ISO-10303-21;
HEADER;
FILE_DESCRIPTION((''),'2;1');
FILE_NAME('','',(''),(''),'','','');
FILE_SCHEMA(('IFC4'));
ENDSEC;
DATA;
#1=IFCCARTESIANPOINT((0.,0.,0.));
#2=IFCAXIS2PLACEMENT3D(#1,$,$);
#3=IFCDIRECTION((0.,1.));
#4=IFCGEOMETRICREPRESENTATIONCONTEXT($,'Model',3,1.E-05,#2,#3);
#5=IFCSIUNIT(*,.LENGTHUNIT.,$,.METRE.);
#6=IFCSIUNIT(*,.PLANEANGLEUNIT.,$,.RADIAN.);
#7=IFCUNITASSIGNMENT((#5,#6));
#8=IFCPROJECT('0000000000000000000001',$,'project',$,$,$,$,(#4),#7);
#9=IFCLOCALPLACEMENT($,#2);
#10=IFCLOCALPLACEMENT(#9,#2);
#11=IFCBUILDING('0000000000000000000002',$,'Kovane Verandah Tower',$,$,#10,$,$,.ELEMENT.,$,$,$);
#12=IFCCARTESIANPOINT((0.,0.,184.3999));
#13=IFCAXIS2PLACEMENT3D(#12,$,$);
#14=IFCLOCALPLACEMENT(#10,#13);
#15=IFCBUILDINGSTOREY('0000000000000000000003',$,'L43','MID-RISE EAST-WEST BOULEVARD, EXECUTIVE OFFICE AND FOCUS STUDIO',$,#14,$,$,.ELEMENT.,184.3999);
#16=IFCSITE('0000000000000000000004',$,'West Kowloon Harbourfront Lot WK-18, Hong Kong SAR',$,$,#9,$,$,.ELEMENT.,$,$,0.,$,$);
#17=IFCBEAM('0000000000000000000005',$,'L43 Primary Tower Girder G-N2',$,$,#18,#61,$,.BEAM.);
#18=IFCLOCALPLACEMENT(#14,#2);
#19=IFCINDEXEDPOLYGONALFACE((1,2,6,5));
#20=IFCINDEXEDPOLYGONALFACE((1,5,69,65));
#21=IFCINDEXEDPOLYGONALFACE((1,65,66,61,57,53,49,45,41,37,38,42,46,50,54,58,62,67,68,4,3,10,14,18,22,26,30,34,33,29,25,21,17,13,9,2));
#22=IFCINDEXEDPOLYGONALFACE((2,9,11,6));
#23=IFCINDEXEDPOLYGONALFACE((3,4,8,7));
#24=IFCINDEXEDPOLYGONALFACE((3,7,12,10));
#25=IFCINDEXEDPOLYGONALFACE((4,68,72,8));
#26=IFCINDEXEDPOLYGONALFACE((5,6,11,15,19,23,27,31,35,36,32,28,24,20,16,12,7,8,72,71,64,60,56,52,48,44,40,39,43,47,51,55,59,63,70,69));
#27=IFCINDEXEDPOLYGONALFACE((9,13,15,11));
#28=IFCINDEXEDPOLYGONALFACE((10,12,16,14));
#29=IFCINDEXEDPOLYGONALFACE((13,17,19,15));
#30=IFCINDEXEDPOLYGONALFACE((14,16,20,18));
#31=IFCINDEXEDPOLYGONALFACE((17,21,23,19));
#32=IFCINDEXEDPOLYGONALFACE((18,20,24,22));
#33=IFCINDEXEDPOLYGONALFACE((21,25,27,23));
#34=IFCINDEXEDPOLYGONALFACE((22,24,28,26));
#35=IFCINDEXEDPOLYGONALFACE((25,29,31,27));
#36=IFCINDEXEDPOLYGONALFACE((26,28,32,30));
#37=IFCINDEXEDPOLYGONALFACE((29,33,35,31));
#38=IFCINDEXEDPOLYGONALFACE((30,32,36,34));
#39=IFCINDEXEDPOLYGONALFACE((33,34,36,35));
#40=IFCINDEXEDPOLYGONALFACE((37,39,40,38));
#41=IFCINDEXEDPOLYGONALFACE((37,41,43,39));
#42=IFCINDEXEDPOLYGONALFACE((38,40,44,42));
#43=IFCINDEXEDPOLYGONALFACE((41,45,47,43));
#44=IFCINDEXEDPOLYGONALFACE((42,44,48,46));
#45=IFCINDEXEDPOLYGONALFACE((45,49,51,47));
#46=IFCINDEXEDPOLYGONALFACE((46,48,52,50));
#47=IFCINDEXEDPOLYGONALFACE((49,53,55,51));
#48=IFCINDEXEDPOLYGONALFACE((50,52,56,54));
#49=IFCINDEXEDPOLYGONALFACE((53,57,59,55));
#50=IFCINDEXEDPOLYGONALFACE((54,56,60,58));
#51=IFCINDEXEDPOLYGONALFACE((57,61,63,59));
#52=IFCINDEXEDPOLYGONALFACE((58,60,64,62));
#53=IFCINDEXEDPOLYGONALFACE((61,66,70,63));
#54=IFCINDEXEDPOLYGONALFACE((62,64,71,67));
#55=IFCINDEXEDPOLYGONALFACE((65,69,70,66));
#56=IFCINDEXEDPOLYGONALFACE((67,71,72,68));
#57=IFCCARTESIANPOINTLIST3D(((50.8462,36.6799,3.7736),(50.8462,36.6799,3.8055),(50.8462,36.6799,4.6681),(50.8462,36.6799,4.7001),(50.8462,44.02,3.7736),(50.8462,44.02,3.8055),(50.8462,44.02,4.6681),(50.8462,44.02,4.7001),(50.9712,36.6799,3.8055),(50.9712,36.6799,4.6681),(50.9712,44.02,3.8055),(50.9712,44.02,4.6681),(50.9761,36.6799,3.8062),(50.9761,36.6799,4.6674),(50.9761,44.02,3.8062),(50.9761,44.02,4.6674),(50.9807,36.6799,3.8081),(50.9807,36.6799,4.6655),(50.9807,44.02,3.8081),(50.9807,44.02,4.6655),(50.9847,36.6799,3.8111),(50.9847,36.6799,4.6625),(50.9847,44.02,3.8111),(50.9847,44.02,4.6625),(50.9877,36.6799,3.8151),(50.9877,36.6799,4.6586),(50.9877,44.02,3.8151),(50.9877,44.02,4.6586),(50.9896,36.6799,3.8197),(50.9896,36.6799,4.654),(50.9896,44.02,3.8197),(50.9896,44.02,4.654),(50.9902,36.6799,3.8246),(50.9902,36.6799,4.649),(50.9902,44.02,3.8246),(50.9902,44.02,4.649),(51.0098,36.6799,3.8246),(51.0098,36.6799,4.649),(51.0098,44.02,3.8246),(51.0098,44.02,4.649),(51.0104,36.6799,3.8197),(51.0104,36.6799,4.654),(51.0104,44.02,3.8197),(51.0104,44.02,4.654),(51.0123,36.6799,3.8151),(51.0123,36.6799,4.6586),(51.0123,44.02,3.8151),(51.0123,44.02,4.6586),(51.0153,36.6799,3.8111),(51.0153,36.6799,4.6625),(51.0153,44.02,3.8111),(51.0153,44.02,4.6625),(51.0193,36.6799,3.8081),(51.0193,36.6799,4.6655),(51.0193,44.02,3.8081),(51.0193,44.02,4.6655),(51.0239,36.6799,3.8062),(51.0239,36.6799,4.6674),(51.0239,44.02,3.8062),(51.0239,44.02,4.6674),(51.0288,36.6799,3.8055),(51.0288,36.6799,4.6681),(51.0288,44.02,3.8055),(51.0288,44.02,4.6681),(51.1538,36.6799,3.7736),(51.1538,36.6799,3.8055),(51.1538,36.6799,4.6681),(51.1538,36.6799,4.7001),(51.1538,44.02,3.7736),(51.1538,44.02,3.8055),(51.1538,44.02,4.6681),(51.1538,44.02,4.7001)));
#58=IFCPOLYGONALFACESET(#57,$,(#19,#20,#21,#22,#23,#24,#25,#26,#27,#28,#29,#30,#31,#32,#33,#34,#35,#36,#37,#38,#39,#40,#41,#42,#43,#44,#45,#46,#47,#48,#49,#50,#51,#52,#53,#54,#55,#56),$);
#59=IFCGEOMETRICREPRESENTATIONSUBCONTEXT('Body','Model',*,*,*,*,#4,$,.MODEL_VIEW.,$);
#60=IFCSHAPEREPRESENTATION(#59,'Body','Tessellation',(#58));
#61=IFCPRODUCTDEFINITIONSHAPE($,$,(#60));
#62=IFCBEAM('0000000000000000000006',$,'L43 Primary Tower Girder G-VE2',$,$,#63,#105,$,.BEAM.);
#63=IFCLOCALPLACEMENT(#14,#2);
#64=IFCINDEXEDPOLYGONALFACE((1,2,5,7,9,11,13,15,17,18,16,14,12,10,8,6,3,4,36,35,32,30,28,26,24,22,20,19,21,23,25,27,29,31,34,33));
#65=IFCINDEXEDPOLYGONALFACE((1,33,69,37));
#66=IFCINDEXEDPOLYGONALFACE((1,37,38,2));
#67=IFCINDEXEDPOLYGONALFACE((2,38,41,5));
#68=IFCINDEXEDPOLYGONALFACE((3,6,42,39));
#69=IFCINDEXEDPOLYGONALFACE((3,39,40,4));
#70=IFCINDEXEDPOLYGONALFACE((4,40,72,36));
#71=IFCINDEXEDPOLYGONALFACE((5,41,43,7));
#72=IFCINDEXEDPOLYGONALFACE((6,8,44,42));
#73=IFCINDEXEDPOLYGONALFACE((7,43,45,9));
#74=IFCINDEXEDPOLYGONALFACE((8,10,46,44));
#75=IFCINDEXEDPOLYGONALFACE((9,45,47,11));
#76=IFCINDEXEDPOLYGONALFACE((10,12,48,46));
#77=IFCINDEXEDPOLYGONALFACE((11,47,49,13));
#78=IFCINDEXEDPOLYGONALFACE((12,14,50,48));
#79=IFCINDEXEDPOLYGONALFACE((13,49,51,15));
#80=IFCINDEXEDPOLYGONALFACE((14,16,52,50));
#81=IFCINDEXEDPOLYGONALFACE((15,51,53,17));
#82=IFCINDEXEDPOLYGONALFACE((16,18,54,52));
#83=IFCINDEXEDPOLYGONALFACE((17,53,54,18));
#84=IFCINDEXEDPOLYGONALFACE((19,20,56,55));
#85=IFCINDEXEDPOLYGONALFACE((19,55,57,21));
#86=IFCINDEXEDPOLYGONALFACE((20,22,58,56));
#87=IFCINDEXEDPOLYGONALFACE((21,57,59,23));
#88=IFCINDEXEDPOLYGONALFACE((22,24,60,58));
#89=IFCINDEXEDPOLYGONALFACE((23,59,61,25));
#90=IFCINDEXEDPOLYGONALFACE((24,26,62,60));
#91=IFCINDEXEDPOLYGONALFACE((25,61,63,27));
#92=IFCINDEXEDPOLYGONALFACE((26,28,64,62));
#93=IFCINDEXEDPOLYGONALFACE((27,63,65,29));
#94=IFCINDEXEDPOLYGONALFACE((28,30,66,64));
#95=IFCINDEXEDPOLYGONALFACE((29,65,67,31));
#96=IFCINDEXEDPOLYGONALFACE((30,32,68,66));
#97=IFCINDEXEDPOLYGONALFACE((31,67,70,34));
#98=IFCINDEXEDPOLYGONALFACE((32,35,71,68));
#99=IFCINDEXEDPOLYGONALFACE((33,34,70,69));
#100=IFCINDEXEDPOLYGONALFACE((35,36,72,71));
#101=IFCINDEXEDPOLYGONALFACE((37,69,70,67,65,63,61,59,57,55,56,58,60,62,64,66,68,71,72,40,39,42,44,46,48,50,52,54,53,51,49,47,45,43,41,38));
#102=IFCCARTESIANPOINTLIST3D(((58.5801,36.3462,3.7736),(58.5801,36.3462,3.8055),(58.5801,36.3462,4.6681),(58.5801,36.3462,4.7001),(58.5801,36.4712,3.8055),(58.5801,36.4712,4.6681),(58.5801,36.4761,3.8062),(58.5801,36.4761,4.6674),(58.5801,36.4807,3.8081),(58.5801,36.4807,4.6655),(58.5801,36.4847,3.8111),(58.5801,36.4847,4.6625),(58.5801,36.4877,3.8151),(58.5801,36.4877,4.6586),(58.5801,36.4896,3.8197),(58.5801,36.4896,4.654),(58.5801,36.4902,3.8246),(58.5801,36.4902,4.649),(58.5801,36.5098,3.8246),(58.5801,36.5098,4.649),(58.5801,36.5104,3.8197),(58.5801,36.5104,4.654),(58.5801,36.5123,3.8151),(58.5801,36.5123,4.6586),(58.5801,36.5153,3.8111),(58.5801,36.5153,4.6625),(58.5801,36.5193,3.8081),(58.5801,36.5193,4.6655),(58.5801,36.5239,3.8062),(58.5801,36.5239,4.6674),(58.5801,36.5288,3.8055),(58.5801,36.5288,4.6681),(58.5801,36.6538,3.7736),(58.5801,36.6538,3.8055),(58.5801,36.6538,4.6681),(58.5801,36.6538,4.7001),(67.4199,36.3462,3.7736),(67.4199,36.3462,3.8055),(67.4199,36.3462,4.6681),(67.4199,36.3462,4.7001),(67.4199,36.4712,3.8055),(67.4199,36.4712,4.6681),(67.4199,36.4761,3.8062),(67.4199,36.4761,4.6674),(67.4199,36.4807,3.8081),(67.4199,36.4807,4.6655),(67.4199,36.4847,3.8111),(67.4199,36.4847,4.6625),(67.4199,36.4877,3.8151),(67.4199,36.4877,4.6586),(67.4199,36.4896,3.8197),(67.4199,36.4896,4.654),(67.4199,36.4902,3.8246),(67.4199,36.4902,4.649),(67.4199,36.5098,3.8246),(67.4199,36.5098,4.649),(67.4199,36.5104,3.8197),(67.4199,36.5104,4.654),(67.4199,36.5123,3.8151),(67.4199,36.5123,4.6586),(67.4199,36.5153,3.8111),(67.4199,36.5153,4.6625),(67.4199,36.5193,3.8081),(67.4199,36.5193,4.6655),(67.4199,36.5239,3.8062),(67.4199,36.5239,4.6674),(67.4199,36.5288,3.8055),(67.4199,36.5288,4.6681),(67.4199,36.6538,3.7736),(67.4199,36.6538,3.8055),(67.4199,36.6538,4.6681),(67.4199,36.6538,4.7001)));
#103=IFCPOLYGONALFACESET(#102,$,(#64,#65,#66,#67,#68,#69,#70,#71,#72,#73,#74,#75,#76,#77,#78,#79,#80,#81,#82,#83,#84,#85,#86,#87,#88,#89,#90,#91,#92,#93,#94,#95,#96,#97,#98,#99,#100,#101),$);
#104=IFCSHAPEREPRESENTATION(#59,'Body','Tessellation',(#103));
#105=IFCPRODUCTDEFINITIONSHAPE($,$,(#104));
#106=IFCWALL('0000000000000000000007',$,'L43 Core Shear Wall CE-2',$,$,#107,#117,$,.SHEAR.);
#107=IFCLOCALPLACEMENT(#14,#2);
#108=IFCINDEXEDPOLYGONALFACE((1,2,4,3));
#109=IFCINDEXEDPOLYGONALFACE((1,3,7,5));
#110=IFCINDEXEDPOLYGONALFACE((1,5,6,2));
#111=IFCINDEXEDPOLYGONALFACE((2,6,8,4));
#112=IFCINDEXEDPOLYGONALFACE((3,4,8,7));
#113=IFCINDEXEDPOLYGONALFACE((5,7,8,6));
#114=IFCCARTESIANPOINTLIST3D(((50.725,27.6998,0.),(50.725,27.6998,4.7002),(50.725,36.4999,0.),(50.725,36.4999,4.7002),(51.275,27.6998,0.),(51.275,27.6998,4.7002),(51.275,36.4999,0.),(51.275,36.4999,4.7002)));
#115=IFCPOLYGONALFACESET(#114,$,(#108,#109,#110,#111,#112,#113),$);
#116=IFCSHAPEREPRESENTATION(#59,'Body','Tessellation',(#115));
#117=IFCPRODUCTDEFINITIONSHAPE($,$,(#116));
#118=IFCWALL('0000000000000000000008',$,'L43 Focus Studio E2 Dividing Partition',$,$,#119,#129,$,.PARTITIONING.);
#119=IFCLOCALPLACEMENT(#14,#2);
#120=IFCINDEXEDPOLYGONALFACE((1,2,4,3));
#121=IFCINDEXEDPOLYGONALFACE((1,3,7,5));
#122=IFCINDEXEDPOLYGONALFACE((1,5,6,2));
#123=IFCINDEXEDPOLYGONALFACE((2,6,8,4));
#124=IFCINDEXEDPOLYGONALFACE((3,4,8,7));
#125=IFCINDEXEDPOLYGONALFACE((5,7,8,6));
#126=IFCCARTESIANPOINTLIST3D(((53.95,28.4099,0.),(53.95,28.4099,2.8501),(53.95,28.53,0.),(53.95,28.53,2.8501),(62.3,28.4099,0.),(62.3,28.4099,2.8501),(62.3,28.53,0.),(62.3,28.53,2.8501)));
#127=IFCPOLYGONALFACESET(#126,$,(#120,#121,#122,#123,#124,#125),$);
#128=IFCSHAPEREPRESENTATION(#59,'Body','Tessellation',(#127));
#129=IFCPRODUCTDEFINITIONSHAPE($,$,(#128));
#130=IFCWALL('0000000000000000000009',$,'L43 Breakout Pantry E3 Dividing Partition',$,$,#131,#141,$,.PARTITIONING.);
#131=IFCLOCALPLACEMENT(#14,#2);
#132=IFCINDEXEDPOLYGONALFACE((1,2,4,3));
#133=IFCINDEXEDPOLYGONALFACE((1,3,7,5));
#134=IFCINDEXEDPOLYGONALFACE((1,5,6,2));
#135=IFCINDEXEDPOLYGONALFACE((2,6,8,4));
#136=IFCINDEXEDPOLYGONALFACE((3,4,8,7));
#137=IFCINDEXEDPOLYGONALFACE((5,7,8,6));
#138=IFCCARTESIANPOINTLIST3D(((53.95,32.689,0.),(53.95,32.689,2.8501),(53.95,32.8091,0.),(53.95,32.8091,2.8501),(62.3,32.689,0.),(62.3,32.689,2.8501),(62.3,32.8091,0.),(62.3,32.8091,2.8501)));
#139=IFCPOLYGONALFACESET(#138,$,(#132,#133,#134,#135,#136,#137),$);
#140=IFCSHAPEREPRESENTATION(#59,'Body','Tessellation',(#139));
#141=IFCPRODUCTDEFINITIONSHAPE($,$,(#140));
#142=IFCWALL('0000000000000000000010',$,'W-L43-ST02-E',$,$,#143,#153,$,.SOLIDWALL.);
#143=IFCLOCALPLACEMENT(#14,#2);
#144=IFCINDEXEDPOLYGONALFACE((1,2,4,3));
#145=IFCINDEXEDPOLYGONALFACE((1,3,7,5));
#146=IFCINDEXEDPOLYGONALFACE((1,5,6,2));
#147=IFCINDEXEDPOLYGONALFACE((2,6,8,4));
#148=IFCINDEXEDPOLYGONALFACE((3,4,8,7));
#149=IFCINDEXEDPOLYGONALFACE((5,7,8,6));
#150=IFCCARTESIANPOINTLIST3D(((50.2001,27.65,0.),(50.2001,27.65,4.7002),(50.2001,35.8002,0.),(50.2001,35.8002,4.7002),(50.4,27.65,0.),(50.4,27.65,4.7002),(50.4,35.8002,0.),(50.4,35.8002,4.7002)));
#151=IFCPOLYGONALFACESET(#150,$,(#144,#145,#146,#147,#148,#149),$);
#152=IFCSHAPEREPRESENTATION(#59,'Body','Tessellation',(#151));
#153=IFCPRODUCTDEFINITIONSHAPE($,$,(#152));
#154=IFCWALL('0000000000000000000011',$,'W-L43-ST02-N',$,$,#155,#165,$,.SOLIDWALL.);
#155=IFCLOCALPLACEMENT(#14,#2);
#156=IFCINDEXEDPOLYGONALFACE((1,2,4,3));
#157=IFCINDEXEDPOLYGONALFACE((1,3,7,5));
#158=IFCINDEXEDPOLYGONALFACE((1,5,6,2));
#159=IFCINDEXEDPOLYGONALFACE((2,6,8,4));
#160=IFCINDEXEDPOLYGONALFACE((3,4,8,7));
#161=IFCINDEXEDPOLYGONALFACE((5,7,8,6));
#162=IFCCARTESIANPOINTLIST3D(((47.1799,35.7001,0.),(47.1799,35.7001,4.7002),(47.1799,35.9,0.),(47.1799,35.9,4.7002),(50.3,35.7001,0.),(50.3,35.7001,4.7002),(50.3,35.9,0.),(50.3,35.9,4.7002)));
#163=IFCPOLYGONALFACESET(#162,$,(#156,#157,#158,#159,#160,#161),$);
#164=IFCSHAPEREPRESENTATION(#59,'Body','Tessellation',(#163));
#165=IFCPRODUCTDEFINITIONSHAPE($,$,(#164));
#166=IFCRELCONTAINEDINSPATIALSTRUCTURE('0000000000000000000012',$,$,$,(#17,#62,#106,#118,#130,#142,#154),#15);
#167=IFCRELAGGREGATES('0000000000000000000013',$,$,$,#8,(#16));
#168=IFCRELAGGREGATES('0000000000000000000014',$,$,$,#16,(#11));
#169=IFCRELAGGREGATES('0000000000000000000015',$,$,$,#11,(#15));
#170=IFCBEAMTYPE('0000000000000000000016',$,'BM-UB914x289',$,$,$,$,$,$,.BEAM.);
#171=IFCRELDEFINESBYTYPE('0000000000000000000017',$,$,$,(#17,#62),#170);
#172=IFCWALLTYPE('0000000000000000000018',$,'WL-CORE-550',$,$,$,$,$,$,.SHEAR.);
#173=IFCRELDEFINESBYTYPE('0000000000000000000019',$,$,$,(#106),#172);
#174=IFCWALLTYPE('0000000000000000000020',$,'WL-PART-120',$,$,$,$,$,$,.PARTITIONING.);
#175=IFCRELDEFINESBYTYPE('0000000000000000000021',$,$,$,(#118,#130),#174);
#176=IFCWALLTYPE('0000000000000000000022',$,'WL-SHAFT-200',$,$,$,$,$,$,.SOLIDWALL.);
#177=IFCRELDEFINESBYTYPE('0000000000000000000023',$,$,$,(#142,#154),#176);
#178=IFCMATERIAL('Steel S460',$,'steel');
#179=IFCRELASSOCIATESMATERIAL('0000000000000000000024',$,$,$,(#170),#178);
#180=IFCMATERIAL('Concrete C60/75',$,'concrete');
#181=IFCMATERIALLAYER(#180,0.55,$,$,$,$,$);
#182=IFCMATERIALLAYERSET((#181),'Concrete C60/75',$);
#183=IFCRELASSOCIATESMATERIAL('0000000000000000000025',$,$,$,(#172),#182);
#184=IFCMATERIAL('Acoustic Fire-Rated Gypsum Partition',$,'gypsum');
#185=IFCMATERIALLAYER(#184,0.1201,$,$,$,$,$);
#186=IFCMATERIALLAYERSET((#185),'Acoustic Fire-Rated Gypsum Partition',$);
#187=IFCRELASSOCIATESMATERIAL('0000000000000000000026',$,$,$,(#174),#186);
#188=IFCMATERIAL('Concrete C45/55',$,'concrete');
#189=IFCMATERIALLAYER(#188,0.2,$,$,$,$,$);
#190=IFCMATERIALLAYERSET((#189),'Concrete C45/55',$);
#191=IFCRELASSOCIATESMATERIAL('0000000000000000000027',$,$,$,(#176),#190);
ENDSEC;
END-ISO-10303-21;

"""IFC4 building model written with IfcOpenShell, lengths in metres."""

from ifc_helpers import new_model, si_unit, direction, frame, frame_2d, origin, origin_2d, place, context, subcontext, project, spatial, rectangle, i_section, extrude, material, layer, layer_set, material_profile, profile_set, type_object, element, save


model = new_model("IFC4")

# Units and contexts
model_context = context("Model", 3, precision=1e-05, world=origin(), true_north=direction((0.0, 1.0)))
body_context = subcontext(model_context, "Body", "Model", "MODEL_VIEW")
ifc_project = project(units=[si_unit("LENGTHUNIT", "METRE"), si_unit("PLANEANGLEUNIT", "RADIAN")], contexts=[model_context])

# Site, building, storey
site_placement = place(None, origin())
site = spatial("IfcSite", under=ifc_project, at=site_placement, Name="West Kowloon Harbourfront Lot WK-18, Hong Kong SAR", CompositionType="ELEMENT", RefElevation=0.0)
building_placement = place(site_placement, origin())
building = spatial("IfcBuilding", under=site, at=building_placement, Name="Kovane Verandah Tower", CompositionType="ELEMENT")
storey_placement = place(building_placement, frame((0.0, 0.0, 184.3999)))
storey = spatial("IfcBuildingStorey", under=building, at=storey_placement, Name="L43", Description="MID-RISE EAST-WEST BOULEVARD, EXECUTIVE OFFICE AND FOCUS STUDIO", CompositionType="ELEMENT", Elevation=184.3999)

# Shared definitions
ifc_material_1 = material(Name="Concrete C60/75", Category="concrete")
ifc_material_2 = material(Name="Steel S460", Category="steel")

# Beams
ifc_material_profile_1 = material_profile(ifc_material_2, i_section(OverallWidth=0.3076, OverallDepth=0.9265, WebThickness=0.0195, FlangeThickness=0.032, FilletRadius=0.019, at=origin_2d()), Name="UB914x305x289")
ifc_profile_set_1 = profile_set([ifc_material_profile_1], Name="Steel S460")
beam_type_1 = type_object("IfcBeamType", Name="BM-UB914x289", PredefinedType="BEAM", material=ifc_profile_set_1)
beam_1_placement = place(storey_placement, frame((51.0, 36.6799, 4.2368), z_axis=(0.0, 1.0, 0.0), x_axis=(-1.0, 0.0, 0.0)))
element("IfcBeam", 1, at=beam_1_placement, inside=storey, type_object=beam_type_1, Name="L43 Primary Tower Girder G-N2", PredefinedType="BEAM", context=body_context, shape_type="SweptSolid", body=[
    extrude(i_section(OverallWidth=0.3076, OverallDepth=0.9265, WebThickness=0.0195, FlangeThickness=0.032, FilletRadius=0.019, at=origin_2d()), origin(), (0.0, 0.0, 1.0), 7.3401),
])
beam_2_placement = place(storey_placement, frame((58.5801, 36.5, 4.2368), z_axis=(1.0, 0.0, 0.0), x_axis=(0.0, 1.0, 0.0)))
element("IfcBeam", 2, at=beam_2_placement, inside=storey, type_object=beam_type_1, Name="L43 Primary Tower Girder G-VE2", PredefinedType="BEAM", context=body_context, shape_type="SweptSolid", body=[
    extrude(i_section(OverallWidth=0.3076, OverallDepth=0.9265, WebThickness=0.0195, FlangeThickness=0.032, FilletRadius=0.019, at=origin_2d()), origin(), (0.0, 0.0, 1.0), 8.8398),
])

# Walls
ifc_layer_1 = layer(ifc_material_1, 0.55)
ifc_layer_set_1 = layer_set([ifc_layer_1], Name="Concrete C60/75")
wall_type_1 = type_object("IfcWallType", Name="WL-CORE-550", PredefinedType="SHEAR", material=ifc_layer_set_1)
wall_1_placement = place(storey_placement, frame((51.0, 27.7, 0.0), z_axis=(0.0, 0.0, 1.0), x_axis=(0.0, 1.0, 0.0)))
element("IfcWall", 3, at=wall_1_placement, inside=storey, type_object=wall_type_1, Name="L43 Core Shear Wall CE-2", PredefinedType="SHEAR", context=body_context, shape_type="SweptSolid", body=[
    extrude(rectangle(XDim=8.8, YDim=0.55, at=frame_2d((4.3999, 0.0))), origin(), (0.0, 0.0, 1.0), 4.7002),
])
ifc_material_3 = material(Name="Acoustic Fire-Rated Gypsum Partition", Category="gypsum")
ifc_layer_2 = layer(ifc_material_3, 0.1201)
ifc_layer_set_2 = layer_set([ifc_layer_2], Name="Acoustic Fire-Rated Gypsum Partition")
wall_type_2 = type_object("IfcWallType", Name="WL-PART-120", PredefinedType="PARTITIONING", material=ifc_layer_set_2)
for number, where, z_axis, x_axis, name in (
    (4, (53.95, 28.47, 0.0), (0.0, 0.0, 1.0), (1.0, 0.0, 0.0), "L43 Focus Studio E2 Dividing Partition"),
    (5, (53.95, 32.749, 0.0), (0.0, 0.0, 1.0), (1.0, 0.0, 0.0), "L43 Breakout Pantry E3 Dividing Partition"),
):
    element("IfcWall", number, at=place(storey_placement, frame(where, z_axis=z_axis, x_axis=x_axis)), inside=storey, type_object=wall_type_2, Name=name, PredefinedType="PARTITIONING", context=body_context, shape_type="SweptSolid", body=[
        extrude(rectangle(XDim=8.3501, YDim=0.1201, at=frame_2d((4.175, 0.0))), origin(), (0.0, 0.0, 1.0), 2.8501),
    ])
ifc_material_4 = material(Name="Concrete C45/55", Category="concrete")
ifc_layer_3 = layer(ifc_material_4, 0.2)
ifc_layer_set_3 = layer_set([ifc_layer_3], Name="Concrete C45/55")
wall_type_3 = type_object("IfcWallType", Name="WL-SHAFT-200", PredefinedType="SOLIDWALL", material=ifc_layer_set_3)
wall_2_placement = place(storey_placement, frame((50.3, 27.6499, 0.0), z_axis=(0.0, 0.0, 1.0), x_axis=(0.0, 1.0, 0.0)))
element("IfcWall", 6, at=wall_2_placement, inside=storey, type_object=wall_type_3, Name="W-L43-ST02-E", PredefinedType="SOLIDWALL", context=body_context, shape_type="SweptSolid", body=[
    extrude(rectangle(XDim=8.1501, YDim=0.2, at=frame_2d((4.0752, 0.0))), origin(), (0.0, 0.0, 1.0), 4.7002),
])
wall_3_placement = place(storey_placement, frame((47.1799, 35.8, 0.0), z_axis=(0.0, 0.0, 1.0), x_axis=(1.0, 0.0, 0.0)))
element("IfcWall", 7, at=wall_3_placement, inside=storey, type_object=wall_type_3, Name="W-L43-ST02-N", PredefinedType="SOLIDWALL", context=body_context, shape_type="SweptSolid", body=[
    extrude(rectangle(XDim=3.1201, YDim=0.2, at=frame_2d((1.5601, 0.0))), origin(), (0.0, 0.0, 1.0), 4.7002),
])

save(model, "model.ifc")
